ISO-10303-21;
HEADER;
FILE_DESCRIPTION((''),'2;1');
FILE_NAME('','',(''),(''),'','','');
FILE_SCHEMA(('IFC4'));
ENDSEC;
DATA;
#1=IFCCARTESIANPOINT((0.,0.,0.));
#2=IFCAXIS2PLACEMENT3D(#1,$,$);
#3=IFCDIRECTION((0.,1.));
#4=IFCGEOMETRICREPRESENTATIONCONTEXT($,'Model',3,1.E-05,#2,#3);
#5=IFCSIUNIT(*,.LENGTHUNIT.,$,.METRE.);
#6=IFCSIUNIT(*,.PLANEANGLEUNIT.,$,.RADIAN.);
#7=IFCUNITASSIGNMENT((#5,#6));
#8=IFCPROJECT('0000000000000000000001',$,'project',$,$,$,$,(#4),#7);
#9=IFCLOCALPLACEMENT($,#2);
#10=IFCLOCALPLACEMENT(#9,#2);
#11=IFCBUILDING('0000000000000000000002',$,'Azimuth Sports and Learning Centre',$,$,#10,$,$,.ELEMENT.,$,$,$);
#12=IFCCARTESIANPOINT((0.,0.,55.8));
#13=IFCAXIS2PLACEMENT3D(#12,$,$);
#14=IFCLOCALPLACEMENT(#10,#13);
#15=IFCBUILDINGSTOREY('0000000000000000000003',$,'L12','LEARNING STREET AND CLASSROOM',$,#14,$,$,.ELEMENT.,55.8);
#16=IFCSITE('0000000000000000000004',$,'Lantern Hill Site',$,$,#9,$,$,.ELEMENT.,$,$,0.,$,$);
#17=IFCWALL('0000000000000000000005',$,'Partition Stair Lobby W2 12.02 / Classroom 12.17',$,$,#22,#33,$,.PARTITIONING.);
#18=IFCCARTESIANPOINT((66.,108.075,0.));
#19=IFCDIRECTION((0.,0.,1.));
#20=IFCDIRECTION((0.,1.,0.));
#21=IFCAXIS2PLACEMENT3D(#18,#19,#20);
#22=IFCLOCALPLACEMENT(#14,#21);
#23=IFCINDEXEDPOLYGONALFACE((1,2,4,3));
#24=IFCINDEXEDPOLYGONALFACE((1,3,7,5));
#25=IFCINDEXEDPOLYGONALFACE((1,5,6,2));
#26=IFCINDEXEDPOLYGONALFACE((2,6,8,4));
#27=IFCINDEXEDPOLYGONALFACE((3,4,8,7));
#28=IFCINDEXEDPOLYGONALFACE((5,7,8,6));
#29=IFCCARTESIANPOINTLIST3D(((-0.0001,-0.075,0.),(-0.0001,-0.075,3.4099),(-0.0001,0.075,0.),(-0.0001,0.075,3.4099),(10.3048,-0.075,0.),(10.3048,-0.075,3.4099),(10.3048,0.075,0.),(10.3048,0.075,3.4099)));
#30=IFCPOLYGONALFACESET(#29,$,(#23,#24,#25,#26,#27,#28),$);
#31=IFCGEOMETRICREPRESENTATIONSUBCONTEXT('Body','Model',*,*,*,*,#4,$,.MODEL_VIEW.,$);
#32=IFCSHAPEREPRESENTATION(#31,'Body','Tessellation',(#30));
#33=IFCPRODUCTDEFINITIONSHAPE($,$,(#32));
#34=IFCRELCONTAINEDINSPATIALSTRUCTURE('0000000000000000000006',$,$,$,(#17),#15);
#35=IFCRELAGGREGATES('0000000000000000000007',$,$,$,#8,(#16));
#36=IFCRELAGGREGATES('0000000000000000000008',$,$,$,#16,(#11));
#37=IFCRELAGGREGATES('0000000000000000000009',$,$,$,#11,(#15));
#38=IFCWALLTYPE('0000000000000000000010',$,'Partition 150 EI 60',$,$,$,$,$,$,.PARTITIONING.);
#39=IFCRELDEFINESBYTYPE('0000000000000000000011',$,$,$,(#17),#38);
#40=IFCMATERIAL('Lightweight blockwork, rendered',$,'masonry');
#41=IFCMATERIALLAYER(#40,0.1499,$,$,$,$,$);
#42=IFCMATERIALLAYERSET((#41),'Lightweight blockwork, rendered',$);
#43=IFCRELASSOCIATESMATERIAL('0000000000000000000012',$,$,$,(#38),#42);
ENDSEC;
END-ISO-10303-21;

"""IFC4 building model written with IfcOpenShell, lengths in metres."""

from ifc_helpers import new_model, si_unit, direction, frame, frame_2d, origin, place, context, subcontext, project, spatial, rectangle, extrude, material, layer, layer_set, type_object, element, save


model = new_model("IFC4")

# Units and contexts
model_context = context("Model", 3, precision=1e-05, world=origin(), true_north=direction((0.0, 1.0)))
body_context = subcontext(model_context, "Body", "Model", "MODEL_VIEW")
ifc_project = project(units=[si_unit("LENGTHUNIT", "METRE"), si_unit("PLANEANGLEUNIT", "RADIAN")], contexts=[model_context])

# Site, building, storey
site_placement = place(None, origin())
site = spatial("IfcSite", under=ifc_project, at=site_placement, Name="Lantern Hill Site", CompositionType="ELEMENT", RefElevation=0.0)
building_placement = place(site_placement, origin())
building = spatial("IfcBuilding", under=site, at=building_placement, Name="Azimuth Sports and Learning Centre", CompositionType="ELEMENT")
storey_placement = place(building_placement, frame((0.0, 0.0, 55.8)))
storey = spatial("IfcBuildingStorey", under=building, at=storey_placement, Name="L12", Description="LEARNING STREET AND CLASSROOM", CompositionType="ELEMENT", Elevation=55.8)

# Shared definitions
ifc_material_1 = material(Name="Lightweight blockwork, rendered", Category="masonry")
ifc_layer_1 = layer(ifc_material_1, 0.1499)
ifc_layer_set_1 = layer_set([ifc_layer_1], Name="Lightweight blockwork, rendered")
wall_type_1 = type_object("IfcWallType", Name="Partition 150 EI 60", PredefinedType="PARTITIONING", material=ifc_layer_set_1)

# Wall
wall_1_placement = place(storey_placement, frame((66.0, 108.075, 0.0), z_axis=(0.0, 0.0, 1.0), x_axis=(0.0, 1.0, 0.0)))
element("IfcWall", 1, at=wall_1_placement, inside=storey, type_object=wall_type_1, Name="Partition Stair Lobby W2 12.02 / Classroom 12.17", PredefinedType="PARTITIONING", context=body_context, shape_type="SweptSolid", body=[
    extrude(rectangle(XDim=10.3049, YDim=0.1499, at=frame_2d((5.1523, 0.0))), origin(), (0.0, 0.0, 1.0), 3.4099),
])

save(model, "model.ifc")
